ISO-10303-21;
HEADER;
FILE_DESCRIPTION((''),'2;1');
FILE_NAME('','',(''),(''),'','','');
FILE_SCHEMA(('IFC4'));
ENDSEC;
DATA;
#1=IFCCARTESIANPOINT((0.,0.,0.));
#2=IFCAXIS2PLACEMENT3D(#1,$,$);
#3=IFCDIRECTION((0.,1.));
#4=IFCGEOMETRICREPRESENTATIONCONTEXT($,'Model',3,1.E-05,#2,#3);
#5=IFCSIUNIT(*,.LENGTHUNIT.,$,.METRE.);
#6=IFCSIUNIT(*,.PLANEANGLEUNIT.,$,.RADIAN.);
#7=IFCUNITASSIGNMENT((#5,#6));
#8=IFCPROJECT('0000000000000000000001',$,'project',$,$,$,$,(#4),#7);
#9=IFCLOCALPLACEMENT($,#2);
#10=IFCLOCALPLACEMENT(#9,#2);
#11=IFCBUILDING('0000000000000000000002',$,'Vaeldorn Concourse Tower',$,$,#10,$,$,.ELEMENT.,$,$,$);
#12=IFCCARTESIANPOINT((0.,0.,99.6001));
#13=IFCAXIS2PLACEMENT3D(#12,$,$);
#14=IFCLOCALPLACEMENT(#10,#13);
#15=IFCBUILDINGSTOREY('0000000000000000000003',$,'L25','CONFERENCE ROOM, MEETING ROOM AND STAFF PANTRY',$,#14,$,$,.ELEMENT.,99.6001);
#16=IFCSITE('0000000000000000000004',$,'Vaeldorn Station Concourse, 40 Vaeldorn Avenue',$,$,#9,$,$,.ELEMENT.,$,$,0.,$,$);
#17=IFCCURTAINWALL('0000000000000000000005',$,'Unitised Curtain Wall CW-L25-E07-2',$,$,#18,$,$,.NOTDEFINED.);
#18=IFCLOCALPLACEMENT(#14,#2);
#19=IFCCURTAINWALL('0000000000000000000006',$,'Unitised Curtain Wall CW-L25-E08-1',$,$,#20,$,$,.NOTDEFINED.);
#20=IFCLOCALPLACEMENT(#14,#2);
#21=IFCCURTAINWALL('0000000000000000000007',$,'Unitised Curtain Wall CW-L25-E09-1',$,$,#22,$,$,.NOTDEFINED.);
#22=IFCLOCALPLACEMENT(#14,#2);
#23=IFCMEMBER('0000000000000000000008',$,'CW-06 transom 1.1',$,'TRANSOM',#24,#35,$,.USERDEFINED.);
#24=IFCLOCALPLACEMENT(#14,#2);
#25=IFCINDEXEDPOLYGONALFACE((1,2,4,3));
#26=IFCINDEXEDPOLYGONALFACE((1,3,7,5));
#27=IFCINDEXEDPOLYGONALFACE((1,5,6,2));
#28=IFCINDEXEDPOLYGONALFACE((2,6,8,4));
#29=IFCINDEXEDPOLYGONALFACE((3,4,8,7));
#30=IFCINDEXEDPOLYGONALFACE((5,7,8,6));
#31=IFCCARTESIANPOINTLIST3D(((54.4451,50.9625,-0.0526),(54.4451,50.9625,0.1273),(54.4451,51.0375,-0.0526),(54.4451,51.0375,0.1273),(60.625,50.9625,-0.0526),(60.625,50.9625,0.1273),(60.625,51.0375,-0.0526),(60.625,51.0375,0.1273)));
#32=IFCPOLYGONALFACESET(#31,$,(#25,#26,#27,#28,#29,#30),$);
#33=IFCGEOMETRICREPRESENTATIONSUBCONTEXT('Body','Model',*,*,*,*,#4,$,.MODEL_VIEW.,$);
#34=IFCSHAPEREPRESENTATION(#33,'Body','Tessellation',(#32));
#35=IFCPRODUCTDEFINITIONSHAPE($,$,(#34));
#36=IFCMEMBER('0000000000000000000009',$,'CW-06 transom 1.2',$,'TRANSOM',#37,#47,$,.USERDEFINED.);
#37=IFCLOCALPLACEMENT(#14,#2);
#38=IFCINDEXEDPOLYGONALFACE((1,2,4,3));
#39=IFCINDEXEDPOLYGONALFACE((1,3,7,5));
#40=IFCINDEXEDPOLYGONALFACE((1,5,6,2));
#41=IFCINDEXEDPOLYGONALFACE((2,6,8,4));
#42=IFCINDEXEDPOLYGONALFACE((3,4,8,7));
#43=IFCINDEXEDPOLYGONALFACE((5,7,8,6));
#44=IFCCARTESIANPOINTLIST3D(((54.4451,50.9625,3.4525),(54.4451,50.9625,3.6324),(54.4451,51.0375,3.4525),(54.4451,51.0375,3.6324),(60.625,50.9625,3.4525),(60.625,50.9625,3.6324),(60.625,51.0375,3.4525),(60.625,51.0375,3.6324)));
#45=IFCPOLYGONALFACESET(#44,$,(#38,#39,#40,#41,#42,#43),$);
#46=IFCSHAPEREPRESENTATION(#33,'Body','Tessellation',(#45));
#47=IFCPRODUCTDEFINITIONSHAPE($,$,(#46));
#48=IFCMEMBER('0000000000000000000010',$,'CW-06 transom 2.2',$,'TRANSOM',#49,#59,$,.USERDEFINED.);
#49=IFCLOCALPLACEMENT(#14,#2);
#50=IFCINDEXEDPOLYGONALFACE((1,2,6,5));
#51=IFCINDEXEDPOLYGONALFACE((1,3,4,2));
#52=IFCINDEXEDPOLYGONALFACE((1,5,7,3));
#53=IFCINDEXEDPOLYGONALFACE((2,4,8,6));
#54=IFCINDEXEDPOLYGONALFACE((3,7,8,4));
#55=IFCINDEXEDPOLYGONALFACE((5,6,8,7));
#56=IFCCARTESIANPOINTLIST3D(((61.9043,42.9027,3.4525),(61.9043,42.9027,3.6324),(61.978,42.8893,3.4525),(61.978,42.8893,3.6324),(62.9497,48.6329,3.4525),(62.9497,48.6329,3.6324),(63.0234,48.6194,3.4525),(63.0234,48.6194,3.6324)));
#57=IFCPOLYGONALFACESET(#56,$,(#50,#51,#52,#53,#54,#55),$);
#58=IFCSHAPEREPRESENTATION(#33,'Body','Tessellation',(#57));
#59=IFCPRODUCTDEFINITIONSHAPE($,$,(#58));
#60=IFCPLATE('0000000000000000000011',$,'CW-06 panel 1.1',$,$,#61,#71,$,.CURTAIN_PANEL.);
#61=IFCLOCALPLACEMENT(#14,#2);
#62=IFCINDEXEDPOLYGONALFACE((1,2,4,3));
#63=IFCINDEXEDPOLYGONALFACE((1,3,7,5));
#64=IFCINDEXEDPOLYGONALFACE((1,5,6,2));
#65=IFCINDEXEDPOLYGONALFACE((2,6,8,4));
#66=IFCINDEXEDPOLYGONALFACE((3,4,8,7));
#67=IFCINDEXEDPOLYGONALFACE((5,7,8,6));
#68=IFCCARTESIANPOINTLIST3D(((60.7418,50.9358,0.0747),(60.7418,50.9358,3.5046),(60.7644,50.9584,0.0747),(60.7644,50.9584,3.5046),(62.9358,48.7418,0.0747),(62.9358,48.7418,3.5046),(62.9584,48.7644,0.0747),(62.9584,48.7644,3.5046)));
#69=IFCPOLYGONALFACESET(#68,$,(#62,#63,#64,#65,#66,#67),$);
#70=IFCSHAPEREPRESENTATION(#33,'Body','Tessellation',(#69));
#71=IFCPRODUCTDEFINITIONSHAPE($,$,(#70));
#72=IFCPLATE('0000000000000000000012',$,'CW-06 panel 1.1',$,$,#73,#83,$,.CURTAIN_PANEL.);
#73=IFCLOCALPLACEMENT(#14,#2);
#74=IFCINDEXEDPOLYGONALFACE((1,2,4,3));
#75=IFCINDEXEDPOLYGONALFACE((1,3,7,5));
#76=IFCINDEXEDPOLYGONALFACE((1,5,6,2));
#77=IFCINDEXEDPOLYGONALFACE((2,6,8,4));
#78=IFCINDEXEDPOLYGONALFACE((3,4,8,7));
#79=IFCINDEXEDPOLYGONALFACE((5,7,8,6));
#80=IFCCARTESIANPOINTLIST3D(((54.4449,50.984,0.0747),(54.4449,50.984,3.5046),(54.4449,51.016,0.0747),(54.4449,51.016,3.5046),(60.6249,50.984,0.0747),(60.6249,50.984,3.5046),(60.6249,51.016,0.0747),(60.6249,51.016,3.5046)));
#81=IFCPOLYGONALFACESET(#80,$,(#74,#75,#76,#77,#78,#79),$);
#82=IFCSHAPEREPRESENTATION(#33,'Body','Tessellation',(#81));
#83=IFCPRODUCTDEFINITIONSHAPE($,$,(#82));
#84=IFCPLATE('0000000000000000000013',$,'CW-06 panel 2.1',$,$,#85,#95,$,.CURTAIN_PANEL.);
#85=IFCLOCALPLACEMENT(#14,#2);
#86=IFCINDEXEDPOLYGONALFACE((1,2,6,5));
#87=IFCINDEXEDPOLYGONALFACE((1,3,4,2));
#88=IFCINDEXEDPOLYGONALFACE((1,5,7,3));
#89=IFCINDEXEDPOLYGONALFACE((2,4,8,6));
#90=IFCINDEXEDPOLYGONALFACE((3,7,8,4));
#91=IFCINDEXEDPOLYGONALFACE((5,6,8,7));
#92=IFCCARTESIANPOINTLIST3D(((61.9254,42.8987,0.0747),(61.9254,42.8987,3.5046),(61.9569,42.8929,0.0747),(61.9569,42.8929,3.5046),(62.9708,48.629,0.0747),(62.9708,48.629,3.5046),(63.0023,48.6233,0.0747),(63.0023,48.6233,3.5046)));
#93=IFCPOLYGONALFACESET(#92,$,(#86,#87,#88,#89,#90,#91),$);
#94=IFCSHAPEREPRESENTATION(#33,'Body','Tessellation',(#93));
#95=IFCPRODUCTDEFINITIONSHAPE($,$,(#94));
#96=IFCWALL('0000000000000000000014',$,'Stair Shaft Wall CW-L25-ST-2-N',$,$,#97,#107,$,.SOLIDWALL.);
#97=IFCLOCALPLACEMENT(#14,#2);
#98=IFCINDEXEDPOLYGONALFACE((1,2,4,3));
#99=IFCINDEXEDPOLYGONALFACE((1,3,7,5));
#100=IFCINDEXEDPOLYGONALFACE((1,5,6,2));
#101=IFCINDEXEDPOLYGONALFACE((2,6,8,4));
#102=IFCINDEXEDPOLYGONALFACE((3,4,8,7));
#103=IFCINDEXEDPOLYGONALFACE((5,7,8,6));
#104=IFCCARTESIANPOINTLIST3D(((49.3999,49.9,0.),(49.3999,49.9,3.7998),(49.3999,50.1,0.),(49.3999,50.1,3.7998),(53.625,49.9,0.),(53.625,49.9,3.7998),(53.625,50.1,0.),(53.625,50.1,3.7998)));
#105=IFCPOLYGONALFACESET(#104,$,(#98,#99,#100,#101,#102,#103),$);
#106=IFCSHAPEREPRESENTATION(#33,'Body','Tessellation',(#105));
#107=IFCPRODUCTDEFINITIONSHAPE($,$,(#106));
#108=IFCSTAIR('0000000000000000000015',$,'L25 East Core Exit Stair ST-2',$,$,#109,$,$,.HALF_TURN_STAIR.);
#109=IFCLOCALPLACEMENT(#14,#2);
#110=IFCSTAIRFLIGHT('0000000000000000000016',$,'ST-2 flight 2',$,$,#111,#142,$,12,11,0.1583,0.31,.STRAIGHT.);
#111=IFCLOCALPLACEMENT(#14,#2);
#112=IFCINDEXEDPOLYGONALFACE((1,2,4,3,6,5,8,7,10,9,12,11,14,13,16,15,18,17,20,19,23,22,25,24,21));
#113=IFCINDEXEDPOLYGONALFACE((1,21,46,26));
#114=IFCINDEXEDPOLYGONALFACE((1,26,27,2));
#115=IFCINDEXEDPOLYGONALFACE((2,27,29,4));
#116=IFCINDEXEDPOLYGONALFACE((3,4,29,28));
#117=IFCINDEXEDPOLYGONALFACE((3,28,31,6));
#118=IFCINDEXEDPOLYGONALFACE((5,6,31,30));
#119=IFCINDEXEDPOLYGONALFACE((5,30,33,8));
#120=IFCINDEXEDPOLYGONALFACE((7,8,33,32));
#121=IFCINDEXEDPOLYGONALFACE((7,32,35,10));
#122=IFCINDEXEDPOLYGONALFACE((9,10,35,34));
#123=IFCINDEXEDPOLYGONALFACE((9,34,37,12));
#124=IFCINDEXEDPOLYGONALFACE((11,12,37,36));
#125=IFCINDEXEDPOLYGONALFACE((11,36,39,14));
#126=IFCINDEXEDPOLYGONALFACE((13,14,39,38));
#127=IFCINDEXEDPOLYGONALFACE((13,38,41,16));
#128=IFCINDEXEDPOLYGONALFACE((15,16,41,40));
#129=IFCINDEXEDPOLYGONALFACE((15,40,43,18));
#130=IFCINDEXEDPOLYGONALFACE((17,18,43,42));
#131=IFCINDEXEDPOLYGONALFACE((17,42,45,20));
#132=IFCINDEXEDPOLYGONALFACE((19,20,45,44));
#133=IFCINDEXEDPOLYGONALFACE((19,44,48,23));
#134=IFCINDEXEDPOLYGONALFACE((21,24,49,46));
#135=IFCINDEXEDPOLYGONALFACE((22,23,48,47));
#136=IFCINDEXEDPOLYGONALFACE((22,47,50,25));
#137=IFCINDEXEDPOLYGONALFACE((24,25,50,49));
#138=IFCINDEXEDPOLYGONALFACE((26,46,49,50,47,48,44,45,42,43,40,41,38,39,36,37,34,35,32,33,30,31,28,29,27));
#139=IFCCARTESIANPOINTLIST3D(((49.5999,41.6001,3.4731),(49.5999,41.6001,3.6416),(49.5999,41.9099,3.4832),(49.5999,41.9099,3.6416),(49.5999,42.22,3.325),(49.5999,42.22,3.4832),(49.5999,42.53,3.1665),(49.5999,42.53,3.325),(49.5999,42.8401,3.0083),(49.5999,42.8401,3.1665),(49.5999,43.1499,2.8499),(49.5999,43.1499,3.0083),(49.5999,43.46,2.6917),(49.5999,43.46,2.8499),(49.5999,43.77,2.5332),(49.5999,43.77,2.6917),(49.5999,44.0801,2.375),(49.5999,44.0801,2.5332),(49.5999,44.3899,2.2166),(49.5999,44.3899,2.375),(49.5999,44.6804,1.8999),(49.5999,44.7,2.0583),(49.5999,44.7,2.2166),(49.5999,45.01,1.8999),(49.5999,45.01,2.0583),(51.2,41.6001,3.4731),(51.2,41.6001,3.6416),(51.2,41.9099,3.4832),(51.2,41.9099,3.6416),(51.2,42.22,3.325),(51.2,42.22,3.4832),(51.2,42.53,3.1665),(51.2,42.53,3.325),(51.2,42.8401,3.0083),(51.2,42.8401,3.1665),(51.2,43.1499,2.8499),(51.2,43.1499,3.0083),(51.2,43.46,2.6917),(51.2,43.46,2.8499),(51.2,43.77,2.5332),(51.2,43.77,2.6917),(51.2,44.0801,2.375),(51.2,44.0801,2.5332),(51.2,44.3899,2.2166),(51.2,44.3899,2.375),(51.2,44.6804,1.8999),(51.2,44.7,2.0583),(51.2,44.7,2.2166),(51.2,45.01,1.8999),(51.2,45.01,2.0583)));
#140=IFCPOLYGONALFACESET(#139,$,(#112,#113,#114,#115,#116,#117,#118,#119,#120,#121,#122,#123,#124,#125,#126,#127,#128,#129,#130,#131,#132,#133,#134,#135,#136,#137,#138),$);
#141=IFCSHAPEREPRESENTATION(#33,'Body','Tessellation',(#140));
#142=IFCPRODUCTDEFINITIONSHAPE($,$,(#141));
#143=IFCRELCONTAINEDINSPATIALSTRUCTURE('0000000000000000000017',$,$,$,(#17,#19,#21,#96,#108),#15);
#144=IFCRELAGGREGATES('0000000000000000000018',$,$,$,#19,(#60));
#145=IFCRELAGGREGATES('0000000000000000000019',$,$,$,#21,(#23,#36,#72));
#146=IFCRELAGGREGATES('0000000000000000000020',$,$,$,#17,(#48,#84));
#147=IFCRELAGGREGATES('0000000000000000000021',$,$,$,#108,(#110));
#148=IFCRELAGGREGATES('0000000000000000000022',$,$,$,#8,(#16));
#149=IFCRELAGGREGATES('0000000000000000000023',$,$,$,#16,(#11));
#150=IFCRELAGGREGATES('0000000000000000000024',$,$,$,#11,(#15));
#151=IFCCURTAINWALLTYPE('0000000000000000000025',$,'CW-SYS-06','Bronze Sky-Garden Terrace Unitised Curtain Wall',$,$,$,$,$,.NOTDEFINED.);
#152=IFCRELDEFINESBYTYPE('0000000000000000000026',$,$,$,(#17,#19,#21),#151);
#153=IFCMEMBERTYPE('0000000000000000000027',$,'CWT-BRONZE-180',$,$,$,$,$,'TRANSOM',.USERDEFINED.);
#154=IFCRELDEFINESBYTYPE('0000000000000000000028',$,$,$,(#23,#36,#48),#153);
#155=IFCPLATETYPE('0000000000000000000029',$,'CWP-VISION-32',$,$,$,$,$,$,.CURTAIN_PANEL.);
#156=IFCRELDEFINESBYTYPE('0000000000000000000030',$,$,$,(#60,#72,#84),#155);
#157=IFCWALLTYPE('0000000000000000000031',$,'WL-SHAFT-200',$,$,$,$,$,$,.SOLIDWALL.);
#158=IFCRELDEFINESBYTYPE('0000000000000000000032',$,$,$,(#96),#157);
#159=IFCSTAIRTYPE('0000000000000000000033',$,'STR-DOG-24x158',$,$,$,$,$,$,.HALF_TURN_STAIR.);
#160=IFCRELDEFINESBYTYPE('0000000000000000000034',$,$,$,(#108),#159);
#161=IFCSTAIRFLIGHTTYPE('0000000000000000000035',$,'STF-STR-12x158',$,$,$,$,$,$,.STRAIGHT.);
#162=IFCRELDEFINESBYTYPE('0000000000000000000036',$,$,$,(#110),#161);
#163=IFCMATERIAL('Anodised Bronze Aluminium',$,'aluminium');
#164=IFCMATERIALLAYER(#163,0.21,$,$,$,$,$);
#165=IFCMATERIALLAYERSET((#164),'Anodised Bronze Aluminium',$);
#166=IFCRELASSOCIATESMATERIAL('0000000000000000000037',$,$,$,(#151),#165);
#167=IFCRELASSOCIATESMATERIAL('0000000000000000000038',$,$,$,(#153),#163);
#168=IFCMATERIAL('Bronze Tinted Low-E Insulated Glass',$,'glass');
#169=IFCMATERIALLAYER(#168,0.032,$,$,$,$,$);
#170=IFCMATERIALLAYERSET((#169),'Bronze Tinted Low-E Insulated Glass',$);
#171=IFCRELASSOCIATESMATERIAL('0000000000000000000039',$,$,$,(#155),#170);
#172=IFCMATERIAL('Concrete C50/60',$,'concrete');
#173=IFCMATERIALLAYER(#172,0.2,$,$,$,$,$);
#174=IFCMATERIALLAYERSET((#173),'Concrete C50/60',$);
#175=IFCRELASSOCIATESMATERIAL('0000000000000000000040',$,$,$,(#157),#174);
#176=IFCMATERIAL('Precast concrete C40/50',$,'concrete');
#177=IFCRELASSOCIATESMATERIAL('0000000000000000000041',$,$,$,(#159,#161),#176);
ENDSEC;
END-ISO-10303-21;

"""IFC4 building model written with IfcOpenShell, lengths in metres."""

from ifc_helpers import new_model, si_unit, direction, frame, frame_2d, origin, origin_2d, place, context, subcontext, project, spatial, polyline, rectangle, outline, extrude, source, transform, mapped, material, layer, layer_set, material_profile, profile_set, type_object, element, aggregate, save


model = new_model("IFC4")

# Units and contexts
model_context = context("Model", 3, precision=1e-05, world=origin(), true_north=direction((0.0, 1.0)))
body_context = subcontext(model_context, "Body", "Model", "MODEL_VIEW")
ifc_project = project(units=[si_unit("LENGTHUNIT", "METRE"), si_unit("PLANEANGLEUNIT", "RADIAN")], contexts=[model_context])

# Site, building, storey
site_placement = place(None, origin())
site = spatial("IfcSite", under=ifc_project, at=site_placement, Name="Vaeldorn Station Concourse, 40 Vaeldorn Avenue", CompositionType="ELEMENT", RefElevation=0.0)
building_placement = place(site_placement, origin())
building = spatial("IfcBuilding", under=site, at=building_placement, Name="Vaeldorn Concourse Tower", CompositionType="ELEMENT")
storey_placement = place(building_placement, frame((0.0, 0.0, 99.6001)))
storey = spatial("IfcBuildingStorey", under=building, at=storey_placement, Name="L25", Description="CONFERENCE ROOM, MEETING ROOM AND STAFF PANTRY", CompositionType="ELEMENT", Elevation=99.6001)

# Curtain wall
ifc_material_1 = material(Name="Anodised Bronze Aluminium", Category="aluminium")
ifc_layer_1 = layer(ifc_material_1, 0.21)
ifc_layer_set_1 = layer_set([ifc_layer_1], Name="Anodised Bronze Aluminium")
curtain_wall_type = type_object("IfcCurtainWallType", Name="CW-SYS-06", Description="Bronze Sky-Garden Terrace Unitised Curtain Wall", PredefinedType="NOTDEFINED", material=ifc_layer_set_1)
curtain_wall_1_placement = place(storey_placement, origin())
curtain_wall_1 = element("IfcCurtainWall", 1, at=curtain_wall_1_placement, inside=storey, type_object=curtain_wall_type, Name="Unitised Curtain Wall CW-L25-E07-2", PredefinedType="NOTDEFINED")

# Curtain walls
curtain_wall_2_placement = place(storey_placement, origin())
curtain_wall_2 = element("IfcCurtainWall", 2, at=curtain_wall_2_placement, inside=storey, type_object=curtain_wall_type, Name="Unitised Curtain Wall CW-L25-E08-1", PredefinedType="NOTDEFINED")
curtain_wall_3_placement = place(storey_placement, origin())
curtain_wall_3 = element("IfcCurtainWall", 3, at=curtain_wall_3_placement, inside=storey, type_object=curtain_wall_type, Name="Unitised Curtain Wall CW-L25-E09-1", PredefinedType="NOTDEFINED")

# Members
ifc_material_profile_1 = material_profile(ifc_material_1, rectangle(XDim=0.075, YDim=0.1799, at=origin_2d()), Name="CWT 75x180")
ifc_profile_set_1 = profile_set([ifc_material_profile_1], Name="Anodised Bronze Aluminium")
member_type_1 = type_object("IfcMemberType", Name="CWT-BRONZE-180", ElementType="TRANSOM", PredefinedType="USERDEFINED", material=ifc_profile_set_1)
shared_shape_1 = source(origin(), body_context, "Body", "SweptSolid", [
    extrude(rectangle(XDim=0.075, YDim=0.1799, at=origin_2d()), origin(), (0.0, 0.0, 1.0), 6.1799),
])
member_1_placement = place(storey_placement, frame((60.625, 51.0, 0.0374), z_axis=(-1.0, 0.0, 0.0), x_axis=(0.0, -1.0, 0.0)))
member_1 = element("IfcMember", 4, at=member_1_placement, type_object=member_type_1, Name="CW-06 transom 1.1", ObjectType="TRANSOM", PredefinedType="USERDEFINED", context=body_context, shape_type="MappedRepresentation", body=[
    mapped(shared_shape_1, transform((0.0, 0.0, 0.0), scale=1.0)),
])
member_2_placement = place(storey_placement, frame((60.625, 51.0, 3.5425), z_axis=(-1.0, 0.0, 0.0), x_axis=(0.0, -1.0, 0.0)))
member_2 = element("IfcMember", 5, at=member_2_placement, type_object=member_type_1, Name="CW-06 transom 1.2", ObjectType="TRANSOM", PredefinedType="USERDEFINED", context=body_context, shape_type="MappedRepresentation", body=[
    mapped(shared_shape_1, transform((0.0, 0.0, 0.0), scale=1.0)),
])
shared_shape_2 = source(origin(), body_context, "Body", "SweptSolid", [
    extrude(rectangle(XDim=0.075, YDim=0.1799, at=origin_2d()), origin(), (0.0, 0.0, 1.0), 5.8247),
])
member_3_placement = place(storey_placement, frame((61.9412, 42.896, 3.5425), z_axis=(0.179476, 0.983762, 0.0), x_axis=(-0.983762, 0.179476, 0.0)))
member_3 = element("IfcMember", 6, at=member_3_placement, type_object=member_type_1, Name="CW-06 transom 2.2", ObjectType="TRANSOM", PredefinedType="USERDEFINED", context=body_context, shape_type="MappedRepresentation", body=[
    mapped(shared_shape_2, transform((0.0, 0.0, 0.0), scale=1.0)),
])

# Plates
ifc_material_2 = material(Name="Bronze Tinted Low-E Insulated Glass", Category="glass")
ifc_layer_2 = layer(ifc_material_2, 0.032)
ifc_layer_set_2 = layer_set([ifc_layer_2], Name="Bronze Tinted Low-E Insulated Glass")
plate_type = type_object("IfcPlateType", Name="CWP-VISION-32", PredefinedType="CURTAIN_PANEL", material=ifc_layer_set_2)
shared_shape_3 = source(origin(), body_context, "Body", "SweptSolid", [
    extrude(rectangle(XDim=3.1028, YDim=0.032, at=origin_2d()), origin(), (0.0, 0.0, 1.0), 3.4299),
])
plate_1_placement = place(storey_placement, frame((61.8501, 49.8501, 0.0747), z_axis=(0.0, 0.0, 1.0), x_axis=(-0.707107, 0.707107, 0.0)))
plate_1 = element("IfcPlate", 7, at=plate_1_placement, type_object=plate_type, Name="CW-06 panel 1.1", PredefinedType="CURTAIN_PANEL", context=body_context, shape_type="MappedRepresentation", body=[
    mapped(shared_shape_3, transform((0.0, 0.0, 0.0), scale=1.0)),
])
aggregate(curtain_wall_2, [plate_1])
shared_shape_4 = source(origin(), body_context, "Body", "SweptSolid", [
    extrude(rectangle(XDim=6.1799, YDim=0.032, at=origin_2d()), origin(), (0.0, 0.0, 1.0), 3.4299),
])
plate_2_placement = place(storey_placement, frame((57.5349, 51.0, 0.0747), z_axis=(0.0, 0.0, 1.0), x_axis=(-1.0, 0.0, 0.0)))
plate_2 = element("IfcPlate", 8, at=plate_2_placement, type_object=plate_type, Name="CW-06 panel 1.1", PredefinedType="CURTAIN_PANEL", context=body_context, shape_type="MappedRepresentation", body=[
    mapped(shared_shape_4, transform((0.0, 0.0, 0.0), scale=1.0)),
])
aggregate(curtain_wall_3, [member_1, member_2, plate_2])
shared_shape_5 = source(origin(), body_context, "Body", "SweptSolid", [
    extrude(rectangle(XDim=5.825, YDim=0.032, at=origin_2d()), origin(), (0.0, 0.0, 1.0), 3.4299),
])
plate_3_placement = place(storey_placement, frame((62.4639, 45.761, 0.0747), z_axis=(0.0, 0.0, 1.0), x_axis=(0.179472, 0.983763, 0.0)))
plate_3 = element("IfcPlate", 9, at=plate_3_placement, type_object=plate_type, Name="CW-06 panel 2.1", PredefinedType="CURTAIN_PANEL", context=body_context, shape_type="MappedRepresentation", body=[
    mapped(shared_shape_5, transform((0.0, 0.0, 0.0), scale=1.0)),
])
aggregate(curtain_wall_1, [member_3, plate_3])

# Wall
ifc_material_3 = material(Name="Concrete C50/60", Category="concrete")
ifc_layer_3 = layer(ifc_material_3, 0.2)
ifc_layer_set_3 = layer_set([ifc_layer_3], Name="Concrete C50/60")
wall_type = type_object("IfcWallType", Name="WL-SHAFT-200", PredefinedType="SOLIDWALL", material=ifc_layer_set_3)
wall_placement = place(storey_placement, frame((49.3999, 50.0, 0.0), z_axis=(0.0, 0.0, 1.0), x_axis=(1.0, 0.0, 0.0)))
element("IfcWall", 10, at=wall_placement, inside=storey, type_object=wall_type, Name="Stair Shaft Wall CW-L25-ST-2-N", PredefinedType="SOLIDWALL", context=body_context, shape_type="SweptSolid", body=[
    extrude(rectangle(XDim=4.2251, YDim=0.2, at=frame_2d((2.1125, 0.0))), origin(), (0.0, 0.0, 1.0), 3.7998),
])

# Stair, stair flight
ifc_material_4 = material(Name="Precast concrete C40/50", Category="concrete")
stair_type = type_object("IfcStairType", Name="STR-DOG-24x158", PredefinedType="HALF_TURN_STAIR", material=ifc_material_4)
stair_placement = place(storey_placement, origin())
stair = element("IfcStair", 11, at=stair_placement, inside=storey, type_object=stair_type, Name="L25 East Core Exit Stair ST-2", PredefinedType="HALF_TURN_STAIR")
stair_flight_type = type_object("IfcStairFlightType", Name="STF-STR-12x158", PredefinedType="STRAIGHT", material=ifc_material_4)
stair_flight_placement = place(storey_placement, frame((50.3999, 45.01, 1.8999), z_axis=(0.0, 0.0, 1.0), x_axis=(0.0, -1.0, 0.0)))
stair_flight = element("IfcStairFlight", 12, at=stair_flight_placement, type_object=stair_flight_type, Name="ST-2 flight 2", NumberOfRisers=12, NumberOfTreads=11, PredefinedType="STRAIGHT", RiserHeight=0.1583, TreadLength=0.31, context=body_context, shape_type="SweptSolid", body=[
    extrude(outline(polyline([(0.0, 0.0), (0.0, 0.1584), (0.3101, 0.1584), (0.3101, 0.3167), (0.6201, 0.3167), (0.6201, 0.4751), (0.9299, 0.4751), (0.9299, 0.6333), (1.24, 0.6333), (1.24, 0.7917), (1.55, 0.7917), (1.55, 0.95), (1.8601, 0.95), (1.8601, 1.1084), (2.1699, 1.1084), (2.1699, 1.2666), (2.48, 1.2666), (2.48, 1.425), (2.79, 1.425), (2.79, 1.5833), (3.1001, 1.5833), (3.1001, 1.7417), (3.4099, 1.7417), (3.4099, 1.8999), (3.4099, 1.5732), (0.3296, 0.0), (0.0, 0.0)])), frame((0.0, 0.8, 0.0), z_axis=(0.0, -1.0, 0.0), x_axis=(1.0, 0.0, 0.0)), (0.0, 0.0, 1.0), 1.6001),
])
aggregate(stair, [stair_flight])

save(model, "model.ifc")
